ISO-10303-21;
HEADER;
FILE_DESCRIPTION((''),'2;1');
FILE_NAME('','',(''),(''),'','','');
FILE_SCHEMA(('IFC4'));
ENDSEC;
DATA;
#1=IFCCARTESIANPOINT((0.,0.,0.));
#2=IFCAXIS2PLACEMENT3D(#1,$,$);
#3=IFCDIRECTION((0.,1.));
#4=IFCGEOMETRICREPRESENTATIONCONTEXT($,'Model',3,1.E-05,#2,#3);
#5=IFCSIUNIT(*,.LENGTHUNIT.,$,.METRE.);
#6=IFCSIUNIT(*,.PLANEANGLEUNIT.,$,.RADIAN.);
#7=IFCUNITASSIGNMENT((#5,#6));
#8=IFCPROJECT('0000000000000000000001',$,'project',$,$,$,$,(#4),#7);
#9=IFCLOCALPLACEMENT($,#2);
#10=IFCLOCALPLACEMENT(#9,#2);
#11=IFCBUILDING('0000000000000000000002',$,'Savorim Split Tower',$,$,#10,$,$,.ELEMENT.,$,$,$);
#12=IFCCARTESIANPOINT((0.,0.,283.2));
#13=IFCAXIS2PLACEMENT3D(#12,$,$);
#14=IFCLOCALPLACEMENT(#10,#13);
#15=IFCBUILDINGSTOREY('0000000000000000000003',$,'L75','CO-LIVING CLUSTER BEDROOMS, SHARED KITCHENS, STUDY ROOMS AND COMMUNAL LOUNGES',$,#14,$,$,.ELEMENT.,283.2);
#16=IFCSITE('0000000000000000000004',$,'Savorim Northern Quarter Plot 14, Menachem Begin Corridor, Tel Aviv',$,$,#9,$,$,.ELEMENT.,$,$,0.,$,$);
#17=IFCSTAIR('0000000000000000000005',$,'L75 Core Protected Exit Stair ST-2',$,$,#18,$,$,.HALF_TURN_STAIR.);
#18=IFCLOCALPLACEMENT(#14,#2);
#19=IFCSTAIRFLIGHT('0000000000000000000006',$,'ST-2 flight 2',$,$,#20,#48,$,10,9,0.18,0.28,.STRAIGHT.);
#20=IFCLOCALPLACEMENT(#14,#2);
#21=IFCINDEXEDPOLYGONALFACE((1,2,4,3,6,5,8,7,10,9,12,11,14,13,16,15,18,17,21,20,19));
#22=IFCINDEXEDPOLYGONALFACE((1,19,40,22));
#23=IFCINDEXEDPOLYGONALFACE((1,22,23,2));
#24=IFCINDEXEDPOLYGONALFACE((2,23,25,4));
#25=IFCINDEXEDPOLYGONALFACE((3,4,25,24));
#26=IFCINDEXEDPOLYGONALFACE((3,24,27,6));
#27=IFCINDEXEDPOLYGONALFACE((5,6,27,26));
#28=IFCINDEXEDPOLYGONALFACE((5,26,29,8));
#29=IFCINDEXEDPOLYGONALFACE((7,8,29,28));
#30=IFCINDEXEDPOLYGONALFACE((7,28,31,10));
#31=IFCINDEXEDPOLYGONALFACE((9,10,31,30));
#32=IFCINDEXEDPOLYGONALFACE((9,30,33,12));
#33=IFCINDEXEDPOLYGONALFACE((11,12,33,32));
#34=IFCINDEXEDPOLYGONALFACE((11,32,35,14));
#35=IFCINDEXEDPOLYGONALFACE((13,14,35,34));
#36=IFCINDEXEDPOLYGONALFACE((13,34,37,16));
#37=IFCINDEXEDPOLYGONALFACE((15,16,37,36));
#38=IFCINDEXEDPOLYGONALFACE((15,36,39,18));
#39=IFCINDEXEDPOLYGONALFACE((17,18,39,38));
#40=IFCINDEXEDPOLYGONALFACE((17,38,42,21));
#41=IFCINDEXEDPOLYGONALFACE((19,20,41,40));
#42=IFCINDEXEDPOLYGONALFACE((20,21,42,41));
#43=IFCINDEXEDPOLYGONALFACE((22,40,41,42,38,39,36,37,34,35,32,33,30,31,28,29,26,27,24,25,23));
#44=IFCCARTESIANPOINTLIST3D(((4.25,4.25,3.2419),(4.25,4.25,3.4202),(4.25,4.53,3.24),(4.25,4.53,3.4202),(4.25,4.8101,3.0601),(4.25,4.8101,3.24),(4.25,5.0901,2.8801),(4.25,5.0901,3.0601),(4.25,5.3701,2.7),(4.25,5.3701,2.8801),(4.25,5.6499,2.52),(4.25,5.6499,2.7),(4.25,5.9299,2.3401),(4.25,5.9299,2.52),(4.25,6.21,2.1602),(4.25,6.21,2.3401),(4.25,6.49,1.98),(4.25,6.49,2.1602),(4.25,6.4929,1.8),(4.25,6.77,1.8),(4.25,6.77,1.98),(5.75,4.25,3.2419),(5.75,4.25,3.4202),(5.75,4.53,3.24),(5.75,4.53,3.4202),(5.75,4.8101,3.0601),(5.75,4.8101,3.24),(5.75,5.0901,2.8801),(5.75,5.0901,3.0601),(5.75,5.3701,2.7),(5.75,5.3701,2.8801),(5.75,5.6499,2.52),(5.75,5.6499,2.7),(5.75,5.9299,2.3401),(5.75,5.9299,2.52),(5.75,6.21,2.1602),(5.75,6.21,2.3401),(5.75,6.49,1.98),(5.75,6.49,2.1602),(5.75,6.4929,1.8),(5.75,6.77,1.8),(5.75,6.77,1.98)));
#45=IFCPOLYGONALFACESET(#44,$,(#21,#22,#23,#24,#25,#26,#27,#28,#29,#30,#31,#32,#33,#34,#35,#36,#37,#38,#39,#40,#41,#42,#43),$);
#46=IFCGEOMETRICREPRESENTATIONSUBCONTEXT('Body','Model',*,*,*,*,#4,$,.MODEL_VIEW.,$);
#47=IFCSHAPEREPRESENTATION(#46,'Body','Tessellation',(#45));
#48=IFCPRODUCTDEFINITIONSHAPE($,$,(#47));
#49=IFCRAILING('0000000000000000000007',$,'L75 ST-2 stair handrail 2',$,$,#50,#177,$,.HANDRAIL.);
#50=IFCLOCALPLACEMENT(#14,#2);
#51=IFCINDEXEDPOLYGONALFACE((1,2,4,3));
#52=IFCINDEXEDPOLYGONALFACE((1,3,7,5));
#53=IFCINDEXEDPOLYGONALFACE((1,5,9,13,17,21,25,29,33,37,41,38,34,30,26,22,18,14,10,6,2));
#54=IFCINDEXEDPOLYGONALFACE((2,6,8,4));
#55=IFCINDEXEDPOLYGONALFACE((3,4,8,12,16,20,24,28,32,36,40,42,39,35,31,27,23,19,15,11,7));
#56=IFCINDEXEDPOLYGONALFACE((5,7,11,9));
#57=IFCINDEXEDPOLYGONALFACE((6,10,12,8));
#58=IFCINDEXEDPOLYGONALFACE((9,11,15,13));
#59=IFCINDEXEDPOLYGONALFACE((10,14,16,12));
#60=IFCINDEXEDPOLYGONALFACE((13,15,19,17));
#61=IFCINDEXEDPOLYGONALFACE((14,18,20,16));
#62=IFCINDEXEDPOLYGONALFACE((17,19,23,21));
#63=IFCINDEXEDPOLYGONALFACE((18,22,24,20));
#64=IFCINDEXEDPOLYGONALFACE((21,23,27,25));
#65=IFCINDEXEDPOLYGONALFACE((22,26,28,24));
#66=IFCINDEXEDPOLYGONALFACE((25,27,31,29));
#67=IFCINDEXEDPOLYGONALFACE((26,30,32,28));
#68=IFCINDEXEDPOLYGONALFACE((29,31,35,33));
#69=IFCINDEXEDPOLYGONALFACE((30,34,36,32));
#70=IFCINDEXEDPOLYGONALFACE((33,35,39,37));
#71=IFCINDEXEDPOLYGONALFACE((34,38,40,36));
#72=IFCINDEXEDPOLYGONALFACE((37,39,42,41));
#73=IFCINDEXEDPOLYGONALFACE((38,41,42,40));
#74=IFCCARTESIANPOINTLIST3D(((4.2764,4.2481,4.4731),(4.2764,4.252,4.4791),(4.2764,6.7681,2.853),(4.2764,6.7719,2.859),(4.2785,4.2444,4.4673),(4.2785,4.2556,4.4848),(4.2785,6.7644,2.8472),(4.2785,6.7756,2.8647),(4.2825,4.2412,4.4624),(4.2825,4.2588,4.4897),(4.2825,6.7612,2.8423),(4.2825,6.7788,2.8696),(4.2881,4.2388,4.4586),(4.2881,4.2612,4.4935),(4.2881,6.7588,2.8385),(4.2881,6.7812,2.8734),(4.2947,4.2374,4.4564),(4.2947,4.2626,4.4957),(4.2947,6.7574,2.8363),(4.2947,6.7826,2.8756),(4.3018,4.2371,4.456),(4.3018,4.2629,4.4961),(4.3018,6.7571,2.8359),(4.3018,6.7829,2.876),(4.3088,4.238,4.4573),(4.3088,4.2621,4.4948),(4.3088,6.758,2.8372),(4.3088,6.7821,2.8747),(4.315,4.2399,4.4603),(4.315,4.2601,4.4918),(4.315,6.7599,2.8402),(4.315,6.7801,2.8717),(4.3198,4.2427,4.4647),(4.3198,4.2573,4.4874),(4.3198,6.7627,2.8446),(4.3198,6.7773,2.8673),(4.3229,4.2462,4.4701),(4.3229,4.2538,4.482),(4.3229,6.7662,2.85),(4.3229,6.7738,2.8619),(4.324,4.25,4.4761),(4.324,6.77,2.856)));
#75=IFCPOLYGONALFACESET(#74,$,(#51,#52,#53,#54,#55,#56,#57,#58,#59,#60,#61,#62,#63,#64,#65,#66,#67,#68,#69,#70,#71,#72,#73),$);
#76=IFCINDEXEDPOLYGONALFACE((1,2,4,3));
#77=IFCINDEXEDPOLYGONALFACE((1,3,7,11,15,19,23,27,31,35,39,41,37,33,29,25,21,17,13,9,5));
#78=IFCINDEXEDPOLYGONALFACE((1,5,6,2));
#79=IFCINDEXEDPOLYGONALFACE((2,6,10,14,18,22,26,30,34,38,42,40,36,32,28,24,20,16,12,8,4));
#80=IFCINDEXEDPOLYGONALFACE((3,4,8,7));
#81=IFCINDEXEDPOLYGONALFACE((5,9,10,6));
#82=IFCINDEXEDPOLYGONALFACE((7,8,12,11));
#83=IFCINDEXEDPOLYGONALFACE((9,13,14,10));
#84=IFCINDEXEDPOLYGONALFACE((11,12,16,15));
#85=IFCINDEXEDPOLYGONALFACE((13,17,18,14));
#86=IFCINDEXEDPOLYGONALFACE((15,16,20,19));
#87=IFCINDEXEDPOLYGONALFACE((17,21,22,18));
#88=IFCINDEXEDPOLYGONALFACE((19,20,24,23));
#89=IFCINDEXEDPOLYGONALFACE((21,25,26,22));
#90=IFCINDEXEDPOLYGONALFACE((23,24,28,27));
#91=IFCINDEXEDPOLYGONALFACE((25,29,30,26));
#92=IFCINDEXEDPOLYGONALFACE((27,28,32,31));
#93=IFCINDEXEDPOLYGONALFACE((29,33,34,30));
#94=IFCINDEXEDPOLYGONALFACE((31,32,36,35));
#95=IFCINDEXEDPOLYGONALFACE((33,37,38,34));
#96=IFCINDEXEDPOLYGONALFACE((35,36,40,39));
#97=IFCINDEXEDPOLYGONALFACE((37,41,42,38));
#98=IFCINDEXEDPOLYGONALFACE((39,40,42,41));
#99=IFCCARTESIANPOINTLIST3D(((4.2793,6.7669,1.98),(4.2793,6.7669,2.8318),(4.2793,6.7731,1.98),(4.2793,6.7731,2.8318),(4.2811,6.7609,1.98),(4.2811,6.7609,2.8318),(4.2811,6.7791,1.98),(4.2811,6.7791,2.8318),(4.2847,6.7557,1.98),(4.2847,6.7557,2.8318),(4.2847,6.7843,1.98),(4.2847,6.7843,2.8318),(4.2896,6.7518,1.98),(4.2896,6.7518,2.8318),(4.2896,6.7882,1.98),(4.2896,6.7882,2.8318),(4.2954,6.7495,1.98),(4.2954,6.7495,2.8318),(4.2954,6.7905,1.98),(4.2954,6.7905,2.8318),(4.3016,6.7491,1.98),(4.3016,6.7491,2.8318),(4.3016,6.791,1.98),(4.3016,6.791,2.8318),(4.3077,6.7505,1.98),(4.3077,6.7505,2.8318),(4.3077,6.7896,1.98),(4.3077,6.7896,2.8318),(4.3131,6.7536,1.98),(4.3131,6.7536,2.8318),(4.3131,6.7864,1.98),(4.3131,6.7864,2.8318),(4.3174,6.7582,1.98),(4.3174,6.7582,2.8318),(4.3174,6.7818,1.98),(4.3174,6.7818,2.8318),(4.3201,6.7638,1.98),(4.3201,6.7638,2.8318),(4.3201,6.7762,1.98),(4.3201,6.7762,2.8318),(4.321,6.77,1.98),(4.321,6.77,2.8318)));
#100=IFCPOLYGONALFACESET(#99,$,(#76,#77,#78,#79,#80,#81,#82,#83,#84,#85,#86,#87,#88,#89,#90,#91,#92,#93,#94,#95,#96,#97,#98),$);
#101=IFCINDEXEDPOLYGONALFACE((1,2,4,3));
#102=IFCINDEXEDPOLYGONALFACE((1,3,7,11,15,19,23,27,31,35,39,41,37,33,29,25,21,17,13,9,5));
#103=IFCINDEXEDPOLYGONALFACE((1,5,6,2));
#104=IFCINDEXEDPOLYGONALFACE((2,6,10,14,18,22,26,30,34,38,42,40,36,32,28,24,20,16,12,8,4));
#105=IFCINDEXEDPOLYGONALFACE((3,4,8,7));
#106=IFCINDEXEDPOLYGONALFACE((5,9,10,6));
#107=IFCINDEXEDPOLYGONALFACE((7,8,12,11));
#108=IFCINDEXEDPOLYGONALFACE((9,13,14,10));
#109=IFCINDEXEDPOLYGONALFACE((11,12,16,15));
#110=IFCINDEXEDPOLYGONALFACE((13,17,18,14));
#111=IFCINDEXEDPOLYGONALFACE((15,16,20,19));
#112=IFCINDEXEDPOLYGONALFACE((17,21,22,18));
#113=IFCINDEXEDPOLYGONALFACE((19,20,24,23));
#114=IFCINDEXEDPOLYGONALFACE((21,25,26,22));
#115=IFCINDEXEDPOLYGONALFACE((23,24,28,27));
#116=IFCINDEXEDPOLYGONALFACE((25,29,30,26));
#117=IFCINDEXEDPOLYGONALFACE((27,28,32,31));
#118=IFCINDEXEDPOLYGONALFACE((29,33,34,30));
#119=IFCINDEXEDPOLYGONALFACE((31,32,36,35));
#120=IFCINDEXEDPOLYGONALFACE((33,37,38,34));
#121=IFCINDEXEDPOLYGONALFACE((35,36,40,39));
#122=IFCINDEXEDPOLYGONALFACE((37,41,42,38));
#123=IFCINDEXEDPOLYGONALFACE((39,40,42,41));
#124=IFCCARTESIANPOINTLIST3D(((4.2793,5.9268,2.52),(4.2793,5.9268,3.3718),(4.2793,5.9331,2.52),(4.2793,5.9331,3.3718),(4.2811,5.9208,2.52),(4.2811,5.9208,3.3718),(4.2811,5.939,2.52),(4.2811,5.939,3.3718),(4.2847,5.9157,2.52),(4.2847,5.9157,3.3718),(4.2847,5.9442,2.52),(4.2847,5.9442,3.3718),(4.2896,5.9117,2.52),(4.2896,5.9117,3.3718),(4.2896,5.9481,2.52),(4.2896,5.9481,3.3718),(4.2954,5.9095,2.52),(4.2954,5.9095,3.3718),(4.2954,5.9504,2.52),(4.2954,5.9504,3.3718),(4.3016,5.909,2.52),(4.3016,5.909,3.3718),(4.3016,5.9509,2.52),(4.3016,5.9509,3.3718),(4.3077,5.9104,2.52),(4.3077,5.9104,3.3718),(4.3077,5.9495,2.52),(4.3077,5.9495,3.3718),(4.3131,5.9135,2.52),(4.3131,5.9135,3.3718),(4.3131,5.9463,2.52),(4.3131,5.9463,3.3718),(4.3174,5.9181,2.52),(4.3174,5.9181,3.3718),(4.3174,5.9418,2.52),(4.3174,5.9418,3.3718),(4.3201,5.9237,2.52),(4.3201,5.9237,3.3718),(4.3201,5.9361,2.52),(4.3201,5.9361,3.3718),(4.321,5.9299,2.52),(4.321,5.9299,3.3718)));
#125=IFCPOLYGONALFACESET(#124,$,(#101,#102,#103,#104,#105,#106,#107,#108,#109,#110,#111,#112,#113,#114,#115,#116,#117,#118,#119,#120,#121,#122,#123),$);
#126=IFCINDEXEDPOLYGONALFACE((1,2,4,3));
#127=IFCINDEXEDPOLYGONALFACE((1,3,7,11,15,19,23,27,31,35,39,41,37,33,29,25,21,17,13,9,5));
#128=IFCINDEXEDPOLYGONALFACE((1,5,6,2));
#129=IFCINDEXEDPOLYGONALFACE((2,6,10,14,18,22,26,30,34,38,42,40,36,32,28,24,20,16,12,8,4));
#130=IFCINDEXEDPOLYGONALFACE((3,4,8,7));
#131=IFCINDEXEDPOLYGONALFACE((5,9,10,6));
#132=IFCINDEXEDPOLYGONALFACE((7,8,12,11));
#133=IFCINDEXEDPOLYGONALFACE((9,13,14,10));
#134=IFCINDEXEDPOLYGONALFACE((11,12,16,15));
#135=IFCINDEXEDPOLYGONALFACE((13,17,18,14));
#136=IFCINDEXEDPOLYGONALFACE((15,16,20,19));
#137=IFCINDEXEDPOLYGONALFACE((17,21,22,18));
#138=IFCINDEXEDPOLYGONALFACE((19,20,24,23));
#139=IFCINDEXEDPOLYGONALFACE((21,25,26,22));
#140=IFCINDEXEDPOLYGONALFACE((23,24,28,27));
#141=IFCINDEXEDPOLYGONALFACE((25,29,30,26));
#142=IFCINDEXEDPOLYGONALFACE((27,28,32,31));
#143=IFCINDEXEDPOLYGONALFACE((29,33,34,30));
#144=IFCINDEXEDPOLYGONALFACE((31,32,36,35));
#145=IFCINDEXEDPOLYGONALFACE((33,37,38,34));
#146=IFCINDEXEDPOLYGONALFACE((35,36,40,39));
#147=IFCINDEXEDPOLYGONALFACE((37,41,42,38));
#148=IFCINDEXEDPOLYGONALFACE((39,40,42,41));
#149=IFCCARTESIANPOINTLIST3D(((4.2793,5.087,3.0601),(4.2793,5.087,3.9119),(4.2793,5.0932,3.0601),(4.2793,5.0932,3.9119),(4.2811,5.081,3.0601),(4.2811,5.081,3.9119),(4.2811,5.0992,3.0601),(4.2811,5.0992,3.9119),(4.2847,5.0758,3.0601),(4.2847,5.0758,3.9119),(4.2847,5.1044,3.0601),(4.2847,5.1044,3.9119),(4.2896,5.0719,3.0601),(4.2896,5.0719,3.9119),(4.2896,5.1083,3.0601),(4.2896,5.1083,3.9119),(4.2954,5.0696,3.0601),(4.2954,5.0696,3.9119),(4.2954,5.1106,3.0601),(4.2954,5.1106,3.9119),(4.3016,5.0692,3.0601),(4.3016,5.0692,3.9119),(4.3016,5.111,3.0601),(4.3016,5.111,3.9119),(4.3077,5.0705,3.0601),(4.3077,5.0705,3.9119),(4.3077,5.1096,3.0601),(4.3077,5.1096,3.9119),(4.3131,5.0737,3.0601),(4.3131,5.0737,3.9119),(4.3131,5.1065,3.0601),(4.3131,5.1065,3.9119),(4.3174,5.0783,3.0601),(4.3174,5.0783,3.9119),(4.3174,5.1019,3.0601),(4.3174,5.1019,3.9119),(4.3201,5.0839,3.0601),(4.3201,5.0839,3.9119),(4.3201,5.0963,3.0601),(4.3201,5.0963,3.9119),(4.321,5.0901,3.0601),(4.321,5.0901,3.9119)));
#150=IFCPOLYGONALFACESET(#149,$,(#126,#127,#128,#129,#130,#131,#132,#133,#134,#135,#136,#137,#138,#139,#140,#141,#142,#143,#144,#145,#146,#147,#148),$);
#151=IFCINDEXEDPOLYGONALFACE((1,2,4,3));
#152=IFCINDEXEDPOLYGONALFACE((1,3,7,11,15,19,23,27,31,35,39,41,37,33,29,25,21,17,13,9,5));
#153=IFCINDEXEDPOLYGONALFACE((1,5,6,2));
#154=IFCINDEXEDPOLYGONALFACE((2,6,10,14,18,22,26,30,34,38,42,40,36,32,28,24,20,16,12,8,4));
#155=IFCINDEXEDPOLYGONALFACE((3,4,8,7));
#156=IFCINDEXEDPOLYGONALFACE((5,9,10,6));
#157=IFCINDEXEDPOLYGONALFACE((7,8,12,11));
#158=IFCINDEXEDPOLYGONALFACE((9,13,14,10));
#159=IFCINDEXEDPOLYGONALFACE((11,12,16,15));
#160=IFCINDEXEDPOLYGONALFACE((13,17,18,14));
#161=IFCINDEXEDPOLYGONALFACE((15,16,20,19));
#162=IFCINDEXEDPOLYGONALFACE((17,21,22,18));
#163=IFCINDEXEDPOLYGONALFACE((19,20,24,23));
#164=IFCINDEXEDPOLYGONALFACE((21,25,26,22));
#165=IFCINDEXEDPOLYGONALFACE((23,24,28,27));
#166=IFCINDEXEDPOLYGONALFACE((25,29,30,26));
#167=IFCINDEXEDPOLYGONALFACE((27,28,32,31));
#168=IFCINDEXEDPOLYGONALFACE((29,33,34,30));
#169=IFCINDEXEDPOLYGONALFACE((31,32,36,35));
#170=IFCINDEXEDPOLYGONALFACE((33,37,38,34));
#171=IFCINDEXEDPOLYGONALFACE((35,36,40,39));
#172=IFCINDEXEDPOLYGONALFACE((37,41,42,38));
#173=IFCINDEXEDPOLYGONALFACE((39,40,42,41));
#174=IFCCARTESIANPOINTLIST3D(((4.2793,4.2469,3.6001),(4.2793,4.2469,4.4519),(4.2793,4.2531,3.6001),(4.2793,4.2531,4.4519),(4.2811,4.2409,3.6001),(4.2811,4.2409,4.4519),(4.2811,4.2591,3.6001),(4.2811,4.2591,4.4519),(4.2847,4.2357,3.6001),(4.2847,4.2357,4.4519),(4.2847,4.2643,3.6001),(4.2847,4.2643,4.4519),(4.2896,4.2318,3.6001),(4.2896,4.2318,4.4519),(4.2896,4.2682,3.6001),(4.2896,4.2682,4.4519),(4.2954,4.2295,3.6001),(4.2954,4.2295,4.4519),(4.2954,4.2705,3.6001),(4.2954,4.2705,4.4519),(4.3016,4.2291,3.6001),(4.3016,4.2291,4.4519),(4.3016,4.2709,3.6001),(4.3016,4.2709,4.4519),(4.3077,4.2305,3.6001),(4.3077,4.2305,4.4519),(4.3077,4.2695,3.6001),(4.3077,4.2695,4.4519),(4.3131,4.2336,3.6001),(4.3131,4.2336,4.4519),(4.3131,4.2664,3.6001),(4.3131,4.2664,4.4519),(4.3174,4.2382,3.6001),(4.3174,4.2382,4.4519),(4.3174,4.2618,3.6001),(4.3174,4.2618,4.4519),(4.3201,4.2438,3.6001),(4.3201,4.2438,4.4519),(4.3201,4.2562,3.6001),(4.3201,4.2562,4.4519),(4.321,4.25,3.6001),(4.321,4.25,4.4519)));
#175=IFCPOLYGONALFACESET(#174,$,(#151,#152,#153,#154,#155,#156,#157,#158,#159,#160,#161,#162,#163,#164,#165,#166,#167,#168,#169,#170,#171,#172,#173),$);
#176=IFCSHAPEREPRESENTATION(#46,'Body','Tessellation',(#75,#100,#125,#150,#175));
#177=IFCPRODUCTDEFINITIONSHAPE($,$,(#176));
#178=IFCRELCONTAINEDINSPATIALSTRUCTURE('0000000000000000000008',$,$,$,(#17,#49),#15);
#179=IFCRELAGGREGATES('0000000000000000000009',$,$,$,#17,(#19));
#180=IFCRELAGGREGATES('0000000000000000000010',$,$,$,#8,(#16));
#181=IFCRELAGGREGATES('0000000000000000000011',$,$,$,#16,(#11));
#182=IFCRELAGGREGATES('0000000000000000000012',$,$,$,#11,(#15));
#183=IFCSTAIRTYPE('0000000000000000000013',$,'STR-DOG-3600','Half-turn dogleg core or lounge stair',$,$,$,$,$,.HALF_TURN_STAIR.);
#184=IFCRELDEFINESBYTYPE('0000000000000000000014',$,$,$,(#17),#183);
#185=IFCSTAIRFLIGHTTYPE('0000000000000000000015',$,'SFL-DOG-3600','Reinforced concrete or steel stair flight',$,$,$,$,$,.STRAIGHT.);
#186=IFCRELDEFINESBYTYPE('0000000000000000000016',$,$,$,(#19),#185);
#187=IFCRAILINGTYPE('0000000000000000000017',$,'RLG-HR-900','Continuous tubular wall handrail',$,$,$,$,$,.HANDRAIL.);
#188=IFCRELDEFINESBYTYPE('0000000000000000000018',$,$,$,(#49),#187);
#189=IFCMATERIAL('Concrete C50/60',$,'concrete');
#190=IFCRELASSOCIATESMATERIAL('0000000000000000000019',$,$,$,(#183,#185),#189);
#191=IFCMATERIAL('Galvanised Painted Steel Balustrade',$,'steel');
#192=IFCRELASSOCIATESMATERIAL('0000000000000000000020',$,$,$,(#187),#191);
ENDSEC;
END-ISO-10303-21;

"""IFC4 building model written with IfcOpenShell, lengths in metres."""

from ifc_helpers import new_model, si_unit, direction, frame, origin, origin_2d, place, context, subcontext, project, spatial, polyline, circle, outline, extrude, material, type_object, element, aggregate, save


model = new_model("IFC4")

# Units and contexts
model_context = context("Model", 3, precision=1e-05, world=origin(), true_north=direction((0.0, 1.0)))
body_context = subcontext(model_context, "Body", "Model", "MODEL_VIEW")
ifc_project = project(units=[si_unit("LENGTHUNIT", "METRE"), si_unit("PLANEANGLEUNIT", "RADIAN")], contexts=[model_context])

# Site, building, storey
site_placement = place(None, origin())
site = spatial("IfcSite", under=ifc_project, at=site_placement, Name="Savorim Northern Quarter Plot 14, Menachem Begin Corridor, Tel Aviv", CompositionType="ELEMENT", RefElevation=0.0)
building_placement = place(site_placement, origin())
building = spatial("IfcBuilding", under=site, at=building_placement, Name="Savorim Split Tower", CompositionType="ELEMENT")
storey_placement = place(building_placement, frame((0.0, 0.0, 283.2)))
storey = spatial("IfcBuildingStorey", under=building, at=storey_placement, Name="L75", Description="CO-LIVING CLUSTER BEDROOMS, SHARED KITCHENS, STUDY ROOMS AND COMMUNAL LOUNGES", CompositionType="ELEMENT", Elevation=283.2)

# Stair, stair flight
ifc_material_1 = material(Name="Concrete C50/60", Category="concrete")
stair_type = type_object("IfcStairType", Name="STR-DOG-3600", Description="Half-turn dogleg core or lounge stair", PredefinedType="HALF_TURN_STAIR", material=ifc_material_1)
stair_placement = place(storey_placement, origin())
stair = element("IfcStair", 1, at=stair_placement, inside=storey, type_object=stair_type, Name="L75 Core Protected Exit Stair ST-2", PredefinedType="HALF_TURN_STAIR")
stair_flight_type = type_object("IfcStairFlightType", Name="SFL-DOG-3600", Description="Reinforced concrete or steel stair flight", PredefinedType="STRAIGHT", material=ifc_material_1)
stair_flight_placement = place(storey_placement, frame((5.0, 6.77, 1.8), z_axis=(0.0, 0.0, 1.0), x_axis=(0.0, -1.0, 0.0)))
stair_flight = element("IfcStairFlight", 2, at=stair_flight_placement, type_object=stair_flight_type, Name="ST-2 flight 2", NumberOfRisers=10, NumberOfTreads=9, PredefinedType="STRAIGHT", RiserHeight=0.18, TreadLength=0.28, context=body_context, shape_type="SweptSolid", body=[
    extrude(outline(polyline([(0.0, 0.0), (0.0, 0.1799), (0.28, 0.1799), (0.28, 0.3601), (0.5601, 0.3601), (0.5601, 0.54), (0.8401, 0.54), (0.8401, 0.72), (1.1201, 0.72), (1.1201, 0.8999), (1.3999, 0.8999), (1.3999, 1.0801), (1.6799, 1.0801), (1.6799, 1.26), (1.96, 1.26), (1.96, 1.4399), (2.24, 1.4399), (2.24, 1.6201), (2.52, 1.6201), (2.52, 1.8), (2.52, 1.4419), (0.2771, 0.0), (0.0, 0.0)])), frame((0.0, 0.75, 0.0), z_axis=(0.0, -1.0, 0.0), x_axis=(1.0, 0.0, 0.0)), (0.0, 0.0, 1.0), 1.5),
])
aggregate(stair, [stair_flight])

# Railing
ifc_material_2 = material(Name="Galvanised Painted Steel Balustrade", Category="steel")
railing_type_1 = type_object("IfcRailingType", Name="RLG-HR-900", Description="Continuous tubular wall handrail", PredefinedType="HANDRAIL", material=ifc_material_2)
railing_1_placement = place(storey_placement, frame((4.3, 6.77, 1.98)))
element("IfcRailing", 3, at=railing_1_placement, inside=storey, type_object=railing_type_1, Name="L75 ST-2 stair handrail 2", PredefinedType="HANDRAIL", context=body_context, shape_type="SweptSolid", body=[
    extrude(circle(Radius=0.0239, at=origin_2d()), frame((0.0, 0.0, 0.876), z_axis=(0.0, -0.841163, 0.540782), x_axis=(1.0, 0.0, 0.0)), (0.0, 0.0, 1.0), 2.9958),
    extrude(circle(Radius=0.021, at=origin_2d()), origin(), (0.0, 0.0, 1.0), 0.8518),
    extrude(circle(Radius=0.021, at=origin_2d()), frame((0.0, -0.8401, 0.54)), (0.0, 0.0, 1.0), 0.8518),
    extrude(circle(Radius=0.021, at=origin_2d()), frame((0.0, -1.6799, 1.0801)), (0.0, 0.0, 1.0), 0.8518),
    extrude(circle(Radius=0.021, at=origin_2d()), frame((0.0, -2.52, 1.6201)), (0.0, 0.0, 1.0), 0.8518),
])

save(model, "model.ifc")
